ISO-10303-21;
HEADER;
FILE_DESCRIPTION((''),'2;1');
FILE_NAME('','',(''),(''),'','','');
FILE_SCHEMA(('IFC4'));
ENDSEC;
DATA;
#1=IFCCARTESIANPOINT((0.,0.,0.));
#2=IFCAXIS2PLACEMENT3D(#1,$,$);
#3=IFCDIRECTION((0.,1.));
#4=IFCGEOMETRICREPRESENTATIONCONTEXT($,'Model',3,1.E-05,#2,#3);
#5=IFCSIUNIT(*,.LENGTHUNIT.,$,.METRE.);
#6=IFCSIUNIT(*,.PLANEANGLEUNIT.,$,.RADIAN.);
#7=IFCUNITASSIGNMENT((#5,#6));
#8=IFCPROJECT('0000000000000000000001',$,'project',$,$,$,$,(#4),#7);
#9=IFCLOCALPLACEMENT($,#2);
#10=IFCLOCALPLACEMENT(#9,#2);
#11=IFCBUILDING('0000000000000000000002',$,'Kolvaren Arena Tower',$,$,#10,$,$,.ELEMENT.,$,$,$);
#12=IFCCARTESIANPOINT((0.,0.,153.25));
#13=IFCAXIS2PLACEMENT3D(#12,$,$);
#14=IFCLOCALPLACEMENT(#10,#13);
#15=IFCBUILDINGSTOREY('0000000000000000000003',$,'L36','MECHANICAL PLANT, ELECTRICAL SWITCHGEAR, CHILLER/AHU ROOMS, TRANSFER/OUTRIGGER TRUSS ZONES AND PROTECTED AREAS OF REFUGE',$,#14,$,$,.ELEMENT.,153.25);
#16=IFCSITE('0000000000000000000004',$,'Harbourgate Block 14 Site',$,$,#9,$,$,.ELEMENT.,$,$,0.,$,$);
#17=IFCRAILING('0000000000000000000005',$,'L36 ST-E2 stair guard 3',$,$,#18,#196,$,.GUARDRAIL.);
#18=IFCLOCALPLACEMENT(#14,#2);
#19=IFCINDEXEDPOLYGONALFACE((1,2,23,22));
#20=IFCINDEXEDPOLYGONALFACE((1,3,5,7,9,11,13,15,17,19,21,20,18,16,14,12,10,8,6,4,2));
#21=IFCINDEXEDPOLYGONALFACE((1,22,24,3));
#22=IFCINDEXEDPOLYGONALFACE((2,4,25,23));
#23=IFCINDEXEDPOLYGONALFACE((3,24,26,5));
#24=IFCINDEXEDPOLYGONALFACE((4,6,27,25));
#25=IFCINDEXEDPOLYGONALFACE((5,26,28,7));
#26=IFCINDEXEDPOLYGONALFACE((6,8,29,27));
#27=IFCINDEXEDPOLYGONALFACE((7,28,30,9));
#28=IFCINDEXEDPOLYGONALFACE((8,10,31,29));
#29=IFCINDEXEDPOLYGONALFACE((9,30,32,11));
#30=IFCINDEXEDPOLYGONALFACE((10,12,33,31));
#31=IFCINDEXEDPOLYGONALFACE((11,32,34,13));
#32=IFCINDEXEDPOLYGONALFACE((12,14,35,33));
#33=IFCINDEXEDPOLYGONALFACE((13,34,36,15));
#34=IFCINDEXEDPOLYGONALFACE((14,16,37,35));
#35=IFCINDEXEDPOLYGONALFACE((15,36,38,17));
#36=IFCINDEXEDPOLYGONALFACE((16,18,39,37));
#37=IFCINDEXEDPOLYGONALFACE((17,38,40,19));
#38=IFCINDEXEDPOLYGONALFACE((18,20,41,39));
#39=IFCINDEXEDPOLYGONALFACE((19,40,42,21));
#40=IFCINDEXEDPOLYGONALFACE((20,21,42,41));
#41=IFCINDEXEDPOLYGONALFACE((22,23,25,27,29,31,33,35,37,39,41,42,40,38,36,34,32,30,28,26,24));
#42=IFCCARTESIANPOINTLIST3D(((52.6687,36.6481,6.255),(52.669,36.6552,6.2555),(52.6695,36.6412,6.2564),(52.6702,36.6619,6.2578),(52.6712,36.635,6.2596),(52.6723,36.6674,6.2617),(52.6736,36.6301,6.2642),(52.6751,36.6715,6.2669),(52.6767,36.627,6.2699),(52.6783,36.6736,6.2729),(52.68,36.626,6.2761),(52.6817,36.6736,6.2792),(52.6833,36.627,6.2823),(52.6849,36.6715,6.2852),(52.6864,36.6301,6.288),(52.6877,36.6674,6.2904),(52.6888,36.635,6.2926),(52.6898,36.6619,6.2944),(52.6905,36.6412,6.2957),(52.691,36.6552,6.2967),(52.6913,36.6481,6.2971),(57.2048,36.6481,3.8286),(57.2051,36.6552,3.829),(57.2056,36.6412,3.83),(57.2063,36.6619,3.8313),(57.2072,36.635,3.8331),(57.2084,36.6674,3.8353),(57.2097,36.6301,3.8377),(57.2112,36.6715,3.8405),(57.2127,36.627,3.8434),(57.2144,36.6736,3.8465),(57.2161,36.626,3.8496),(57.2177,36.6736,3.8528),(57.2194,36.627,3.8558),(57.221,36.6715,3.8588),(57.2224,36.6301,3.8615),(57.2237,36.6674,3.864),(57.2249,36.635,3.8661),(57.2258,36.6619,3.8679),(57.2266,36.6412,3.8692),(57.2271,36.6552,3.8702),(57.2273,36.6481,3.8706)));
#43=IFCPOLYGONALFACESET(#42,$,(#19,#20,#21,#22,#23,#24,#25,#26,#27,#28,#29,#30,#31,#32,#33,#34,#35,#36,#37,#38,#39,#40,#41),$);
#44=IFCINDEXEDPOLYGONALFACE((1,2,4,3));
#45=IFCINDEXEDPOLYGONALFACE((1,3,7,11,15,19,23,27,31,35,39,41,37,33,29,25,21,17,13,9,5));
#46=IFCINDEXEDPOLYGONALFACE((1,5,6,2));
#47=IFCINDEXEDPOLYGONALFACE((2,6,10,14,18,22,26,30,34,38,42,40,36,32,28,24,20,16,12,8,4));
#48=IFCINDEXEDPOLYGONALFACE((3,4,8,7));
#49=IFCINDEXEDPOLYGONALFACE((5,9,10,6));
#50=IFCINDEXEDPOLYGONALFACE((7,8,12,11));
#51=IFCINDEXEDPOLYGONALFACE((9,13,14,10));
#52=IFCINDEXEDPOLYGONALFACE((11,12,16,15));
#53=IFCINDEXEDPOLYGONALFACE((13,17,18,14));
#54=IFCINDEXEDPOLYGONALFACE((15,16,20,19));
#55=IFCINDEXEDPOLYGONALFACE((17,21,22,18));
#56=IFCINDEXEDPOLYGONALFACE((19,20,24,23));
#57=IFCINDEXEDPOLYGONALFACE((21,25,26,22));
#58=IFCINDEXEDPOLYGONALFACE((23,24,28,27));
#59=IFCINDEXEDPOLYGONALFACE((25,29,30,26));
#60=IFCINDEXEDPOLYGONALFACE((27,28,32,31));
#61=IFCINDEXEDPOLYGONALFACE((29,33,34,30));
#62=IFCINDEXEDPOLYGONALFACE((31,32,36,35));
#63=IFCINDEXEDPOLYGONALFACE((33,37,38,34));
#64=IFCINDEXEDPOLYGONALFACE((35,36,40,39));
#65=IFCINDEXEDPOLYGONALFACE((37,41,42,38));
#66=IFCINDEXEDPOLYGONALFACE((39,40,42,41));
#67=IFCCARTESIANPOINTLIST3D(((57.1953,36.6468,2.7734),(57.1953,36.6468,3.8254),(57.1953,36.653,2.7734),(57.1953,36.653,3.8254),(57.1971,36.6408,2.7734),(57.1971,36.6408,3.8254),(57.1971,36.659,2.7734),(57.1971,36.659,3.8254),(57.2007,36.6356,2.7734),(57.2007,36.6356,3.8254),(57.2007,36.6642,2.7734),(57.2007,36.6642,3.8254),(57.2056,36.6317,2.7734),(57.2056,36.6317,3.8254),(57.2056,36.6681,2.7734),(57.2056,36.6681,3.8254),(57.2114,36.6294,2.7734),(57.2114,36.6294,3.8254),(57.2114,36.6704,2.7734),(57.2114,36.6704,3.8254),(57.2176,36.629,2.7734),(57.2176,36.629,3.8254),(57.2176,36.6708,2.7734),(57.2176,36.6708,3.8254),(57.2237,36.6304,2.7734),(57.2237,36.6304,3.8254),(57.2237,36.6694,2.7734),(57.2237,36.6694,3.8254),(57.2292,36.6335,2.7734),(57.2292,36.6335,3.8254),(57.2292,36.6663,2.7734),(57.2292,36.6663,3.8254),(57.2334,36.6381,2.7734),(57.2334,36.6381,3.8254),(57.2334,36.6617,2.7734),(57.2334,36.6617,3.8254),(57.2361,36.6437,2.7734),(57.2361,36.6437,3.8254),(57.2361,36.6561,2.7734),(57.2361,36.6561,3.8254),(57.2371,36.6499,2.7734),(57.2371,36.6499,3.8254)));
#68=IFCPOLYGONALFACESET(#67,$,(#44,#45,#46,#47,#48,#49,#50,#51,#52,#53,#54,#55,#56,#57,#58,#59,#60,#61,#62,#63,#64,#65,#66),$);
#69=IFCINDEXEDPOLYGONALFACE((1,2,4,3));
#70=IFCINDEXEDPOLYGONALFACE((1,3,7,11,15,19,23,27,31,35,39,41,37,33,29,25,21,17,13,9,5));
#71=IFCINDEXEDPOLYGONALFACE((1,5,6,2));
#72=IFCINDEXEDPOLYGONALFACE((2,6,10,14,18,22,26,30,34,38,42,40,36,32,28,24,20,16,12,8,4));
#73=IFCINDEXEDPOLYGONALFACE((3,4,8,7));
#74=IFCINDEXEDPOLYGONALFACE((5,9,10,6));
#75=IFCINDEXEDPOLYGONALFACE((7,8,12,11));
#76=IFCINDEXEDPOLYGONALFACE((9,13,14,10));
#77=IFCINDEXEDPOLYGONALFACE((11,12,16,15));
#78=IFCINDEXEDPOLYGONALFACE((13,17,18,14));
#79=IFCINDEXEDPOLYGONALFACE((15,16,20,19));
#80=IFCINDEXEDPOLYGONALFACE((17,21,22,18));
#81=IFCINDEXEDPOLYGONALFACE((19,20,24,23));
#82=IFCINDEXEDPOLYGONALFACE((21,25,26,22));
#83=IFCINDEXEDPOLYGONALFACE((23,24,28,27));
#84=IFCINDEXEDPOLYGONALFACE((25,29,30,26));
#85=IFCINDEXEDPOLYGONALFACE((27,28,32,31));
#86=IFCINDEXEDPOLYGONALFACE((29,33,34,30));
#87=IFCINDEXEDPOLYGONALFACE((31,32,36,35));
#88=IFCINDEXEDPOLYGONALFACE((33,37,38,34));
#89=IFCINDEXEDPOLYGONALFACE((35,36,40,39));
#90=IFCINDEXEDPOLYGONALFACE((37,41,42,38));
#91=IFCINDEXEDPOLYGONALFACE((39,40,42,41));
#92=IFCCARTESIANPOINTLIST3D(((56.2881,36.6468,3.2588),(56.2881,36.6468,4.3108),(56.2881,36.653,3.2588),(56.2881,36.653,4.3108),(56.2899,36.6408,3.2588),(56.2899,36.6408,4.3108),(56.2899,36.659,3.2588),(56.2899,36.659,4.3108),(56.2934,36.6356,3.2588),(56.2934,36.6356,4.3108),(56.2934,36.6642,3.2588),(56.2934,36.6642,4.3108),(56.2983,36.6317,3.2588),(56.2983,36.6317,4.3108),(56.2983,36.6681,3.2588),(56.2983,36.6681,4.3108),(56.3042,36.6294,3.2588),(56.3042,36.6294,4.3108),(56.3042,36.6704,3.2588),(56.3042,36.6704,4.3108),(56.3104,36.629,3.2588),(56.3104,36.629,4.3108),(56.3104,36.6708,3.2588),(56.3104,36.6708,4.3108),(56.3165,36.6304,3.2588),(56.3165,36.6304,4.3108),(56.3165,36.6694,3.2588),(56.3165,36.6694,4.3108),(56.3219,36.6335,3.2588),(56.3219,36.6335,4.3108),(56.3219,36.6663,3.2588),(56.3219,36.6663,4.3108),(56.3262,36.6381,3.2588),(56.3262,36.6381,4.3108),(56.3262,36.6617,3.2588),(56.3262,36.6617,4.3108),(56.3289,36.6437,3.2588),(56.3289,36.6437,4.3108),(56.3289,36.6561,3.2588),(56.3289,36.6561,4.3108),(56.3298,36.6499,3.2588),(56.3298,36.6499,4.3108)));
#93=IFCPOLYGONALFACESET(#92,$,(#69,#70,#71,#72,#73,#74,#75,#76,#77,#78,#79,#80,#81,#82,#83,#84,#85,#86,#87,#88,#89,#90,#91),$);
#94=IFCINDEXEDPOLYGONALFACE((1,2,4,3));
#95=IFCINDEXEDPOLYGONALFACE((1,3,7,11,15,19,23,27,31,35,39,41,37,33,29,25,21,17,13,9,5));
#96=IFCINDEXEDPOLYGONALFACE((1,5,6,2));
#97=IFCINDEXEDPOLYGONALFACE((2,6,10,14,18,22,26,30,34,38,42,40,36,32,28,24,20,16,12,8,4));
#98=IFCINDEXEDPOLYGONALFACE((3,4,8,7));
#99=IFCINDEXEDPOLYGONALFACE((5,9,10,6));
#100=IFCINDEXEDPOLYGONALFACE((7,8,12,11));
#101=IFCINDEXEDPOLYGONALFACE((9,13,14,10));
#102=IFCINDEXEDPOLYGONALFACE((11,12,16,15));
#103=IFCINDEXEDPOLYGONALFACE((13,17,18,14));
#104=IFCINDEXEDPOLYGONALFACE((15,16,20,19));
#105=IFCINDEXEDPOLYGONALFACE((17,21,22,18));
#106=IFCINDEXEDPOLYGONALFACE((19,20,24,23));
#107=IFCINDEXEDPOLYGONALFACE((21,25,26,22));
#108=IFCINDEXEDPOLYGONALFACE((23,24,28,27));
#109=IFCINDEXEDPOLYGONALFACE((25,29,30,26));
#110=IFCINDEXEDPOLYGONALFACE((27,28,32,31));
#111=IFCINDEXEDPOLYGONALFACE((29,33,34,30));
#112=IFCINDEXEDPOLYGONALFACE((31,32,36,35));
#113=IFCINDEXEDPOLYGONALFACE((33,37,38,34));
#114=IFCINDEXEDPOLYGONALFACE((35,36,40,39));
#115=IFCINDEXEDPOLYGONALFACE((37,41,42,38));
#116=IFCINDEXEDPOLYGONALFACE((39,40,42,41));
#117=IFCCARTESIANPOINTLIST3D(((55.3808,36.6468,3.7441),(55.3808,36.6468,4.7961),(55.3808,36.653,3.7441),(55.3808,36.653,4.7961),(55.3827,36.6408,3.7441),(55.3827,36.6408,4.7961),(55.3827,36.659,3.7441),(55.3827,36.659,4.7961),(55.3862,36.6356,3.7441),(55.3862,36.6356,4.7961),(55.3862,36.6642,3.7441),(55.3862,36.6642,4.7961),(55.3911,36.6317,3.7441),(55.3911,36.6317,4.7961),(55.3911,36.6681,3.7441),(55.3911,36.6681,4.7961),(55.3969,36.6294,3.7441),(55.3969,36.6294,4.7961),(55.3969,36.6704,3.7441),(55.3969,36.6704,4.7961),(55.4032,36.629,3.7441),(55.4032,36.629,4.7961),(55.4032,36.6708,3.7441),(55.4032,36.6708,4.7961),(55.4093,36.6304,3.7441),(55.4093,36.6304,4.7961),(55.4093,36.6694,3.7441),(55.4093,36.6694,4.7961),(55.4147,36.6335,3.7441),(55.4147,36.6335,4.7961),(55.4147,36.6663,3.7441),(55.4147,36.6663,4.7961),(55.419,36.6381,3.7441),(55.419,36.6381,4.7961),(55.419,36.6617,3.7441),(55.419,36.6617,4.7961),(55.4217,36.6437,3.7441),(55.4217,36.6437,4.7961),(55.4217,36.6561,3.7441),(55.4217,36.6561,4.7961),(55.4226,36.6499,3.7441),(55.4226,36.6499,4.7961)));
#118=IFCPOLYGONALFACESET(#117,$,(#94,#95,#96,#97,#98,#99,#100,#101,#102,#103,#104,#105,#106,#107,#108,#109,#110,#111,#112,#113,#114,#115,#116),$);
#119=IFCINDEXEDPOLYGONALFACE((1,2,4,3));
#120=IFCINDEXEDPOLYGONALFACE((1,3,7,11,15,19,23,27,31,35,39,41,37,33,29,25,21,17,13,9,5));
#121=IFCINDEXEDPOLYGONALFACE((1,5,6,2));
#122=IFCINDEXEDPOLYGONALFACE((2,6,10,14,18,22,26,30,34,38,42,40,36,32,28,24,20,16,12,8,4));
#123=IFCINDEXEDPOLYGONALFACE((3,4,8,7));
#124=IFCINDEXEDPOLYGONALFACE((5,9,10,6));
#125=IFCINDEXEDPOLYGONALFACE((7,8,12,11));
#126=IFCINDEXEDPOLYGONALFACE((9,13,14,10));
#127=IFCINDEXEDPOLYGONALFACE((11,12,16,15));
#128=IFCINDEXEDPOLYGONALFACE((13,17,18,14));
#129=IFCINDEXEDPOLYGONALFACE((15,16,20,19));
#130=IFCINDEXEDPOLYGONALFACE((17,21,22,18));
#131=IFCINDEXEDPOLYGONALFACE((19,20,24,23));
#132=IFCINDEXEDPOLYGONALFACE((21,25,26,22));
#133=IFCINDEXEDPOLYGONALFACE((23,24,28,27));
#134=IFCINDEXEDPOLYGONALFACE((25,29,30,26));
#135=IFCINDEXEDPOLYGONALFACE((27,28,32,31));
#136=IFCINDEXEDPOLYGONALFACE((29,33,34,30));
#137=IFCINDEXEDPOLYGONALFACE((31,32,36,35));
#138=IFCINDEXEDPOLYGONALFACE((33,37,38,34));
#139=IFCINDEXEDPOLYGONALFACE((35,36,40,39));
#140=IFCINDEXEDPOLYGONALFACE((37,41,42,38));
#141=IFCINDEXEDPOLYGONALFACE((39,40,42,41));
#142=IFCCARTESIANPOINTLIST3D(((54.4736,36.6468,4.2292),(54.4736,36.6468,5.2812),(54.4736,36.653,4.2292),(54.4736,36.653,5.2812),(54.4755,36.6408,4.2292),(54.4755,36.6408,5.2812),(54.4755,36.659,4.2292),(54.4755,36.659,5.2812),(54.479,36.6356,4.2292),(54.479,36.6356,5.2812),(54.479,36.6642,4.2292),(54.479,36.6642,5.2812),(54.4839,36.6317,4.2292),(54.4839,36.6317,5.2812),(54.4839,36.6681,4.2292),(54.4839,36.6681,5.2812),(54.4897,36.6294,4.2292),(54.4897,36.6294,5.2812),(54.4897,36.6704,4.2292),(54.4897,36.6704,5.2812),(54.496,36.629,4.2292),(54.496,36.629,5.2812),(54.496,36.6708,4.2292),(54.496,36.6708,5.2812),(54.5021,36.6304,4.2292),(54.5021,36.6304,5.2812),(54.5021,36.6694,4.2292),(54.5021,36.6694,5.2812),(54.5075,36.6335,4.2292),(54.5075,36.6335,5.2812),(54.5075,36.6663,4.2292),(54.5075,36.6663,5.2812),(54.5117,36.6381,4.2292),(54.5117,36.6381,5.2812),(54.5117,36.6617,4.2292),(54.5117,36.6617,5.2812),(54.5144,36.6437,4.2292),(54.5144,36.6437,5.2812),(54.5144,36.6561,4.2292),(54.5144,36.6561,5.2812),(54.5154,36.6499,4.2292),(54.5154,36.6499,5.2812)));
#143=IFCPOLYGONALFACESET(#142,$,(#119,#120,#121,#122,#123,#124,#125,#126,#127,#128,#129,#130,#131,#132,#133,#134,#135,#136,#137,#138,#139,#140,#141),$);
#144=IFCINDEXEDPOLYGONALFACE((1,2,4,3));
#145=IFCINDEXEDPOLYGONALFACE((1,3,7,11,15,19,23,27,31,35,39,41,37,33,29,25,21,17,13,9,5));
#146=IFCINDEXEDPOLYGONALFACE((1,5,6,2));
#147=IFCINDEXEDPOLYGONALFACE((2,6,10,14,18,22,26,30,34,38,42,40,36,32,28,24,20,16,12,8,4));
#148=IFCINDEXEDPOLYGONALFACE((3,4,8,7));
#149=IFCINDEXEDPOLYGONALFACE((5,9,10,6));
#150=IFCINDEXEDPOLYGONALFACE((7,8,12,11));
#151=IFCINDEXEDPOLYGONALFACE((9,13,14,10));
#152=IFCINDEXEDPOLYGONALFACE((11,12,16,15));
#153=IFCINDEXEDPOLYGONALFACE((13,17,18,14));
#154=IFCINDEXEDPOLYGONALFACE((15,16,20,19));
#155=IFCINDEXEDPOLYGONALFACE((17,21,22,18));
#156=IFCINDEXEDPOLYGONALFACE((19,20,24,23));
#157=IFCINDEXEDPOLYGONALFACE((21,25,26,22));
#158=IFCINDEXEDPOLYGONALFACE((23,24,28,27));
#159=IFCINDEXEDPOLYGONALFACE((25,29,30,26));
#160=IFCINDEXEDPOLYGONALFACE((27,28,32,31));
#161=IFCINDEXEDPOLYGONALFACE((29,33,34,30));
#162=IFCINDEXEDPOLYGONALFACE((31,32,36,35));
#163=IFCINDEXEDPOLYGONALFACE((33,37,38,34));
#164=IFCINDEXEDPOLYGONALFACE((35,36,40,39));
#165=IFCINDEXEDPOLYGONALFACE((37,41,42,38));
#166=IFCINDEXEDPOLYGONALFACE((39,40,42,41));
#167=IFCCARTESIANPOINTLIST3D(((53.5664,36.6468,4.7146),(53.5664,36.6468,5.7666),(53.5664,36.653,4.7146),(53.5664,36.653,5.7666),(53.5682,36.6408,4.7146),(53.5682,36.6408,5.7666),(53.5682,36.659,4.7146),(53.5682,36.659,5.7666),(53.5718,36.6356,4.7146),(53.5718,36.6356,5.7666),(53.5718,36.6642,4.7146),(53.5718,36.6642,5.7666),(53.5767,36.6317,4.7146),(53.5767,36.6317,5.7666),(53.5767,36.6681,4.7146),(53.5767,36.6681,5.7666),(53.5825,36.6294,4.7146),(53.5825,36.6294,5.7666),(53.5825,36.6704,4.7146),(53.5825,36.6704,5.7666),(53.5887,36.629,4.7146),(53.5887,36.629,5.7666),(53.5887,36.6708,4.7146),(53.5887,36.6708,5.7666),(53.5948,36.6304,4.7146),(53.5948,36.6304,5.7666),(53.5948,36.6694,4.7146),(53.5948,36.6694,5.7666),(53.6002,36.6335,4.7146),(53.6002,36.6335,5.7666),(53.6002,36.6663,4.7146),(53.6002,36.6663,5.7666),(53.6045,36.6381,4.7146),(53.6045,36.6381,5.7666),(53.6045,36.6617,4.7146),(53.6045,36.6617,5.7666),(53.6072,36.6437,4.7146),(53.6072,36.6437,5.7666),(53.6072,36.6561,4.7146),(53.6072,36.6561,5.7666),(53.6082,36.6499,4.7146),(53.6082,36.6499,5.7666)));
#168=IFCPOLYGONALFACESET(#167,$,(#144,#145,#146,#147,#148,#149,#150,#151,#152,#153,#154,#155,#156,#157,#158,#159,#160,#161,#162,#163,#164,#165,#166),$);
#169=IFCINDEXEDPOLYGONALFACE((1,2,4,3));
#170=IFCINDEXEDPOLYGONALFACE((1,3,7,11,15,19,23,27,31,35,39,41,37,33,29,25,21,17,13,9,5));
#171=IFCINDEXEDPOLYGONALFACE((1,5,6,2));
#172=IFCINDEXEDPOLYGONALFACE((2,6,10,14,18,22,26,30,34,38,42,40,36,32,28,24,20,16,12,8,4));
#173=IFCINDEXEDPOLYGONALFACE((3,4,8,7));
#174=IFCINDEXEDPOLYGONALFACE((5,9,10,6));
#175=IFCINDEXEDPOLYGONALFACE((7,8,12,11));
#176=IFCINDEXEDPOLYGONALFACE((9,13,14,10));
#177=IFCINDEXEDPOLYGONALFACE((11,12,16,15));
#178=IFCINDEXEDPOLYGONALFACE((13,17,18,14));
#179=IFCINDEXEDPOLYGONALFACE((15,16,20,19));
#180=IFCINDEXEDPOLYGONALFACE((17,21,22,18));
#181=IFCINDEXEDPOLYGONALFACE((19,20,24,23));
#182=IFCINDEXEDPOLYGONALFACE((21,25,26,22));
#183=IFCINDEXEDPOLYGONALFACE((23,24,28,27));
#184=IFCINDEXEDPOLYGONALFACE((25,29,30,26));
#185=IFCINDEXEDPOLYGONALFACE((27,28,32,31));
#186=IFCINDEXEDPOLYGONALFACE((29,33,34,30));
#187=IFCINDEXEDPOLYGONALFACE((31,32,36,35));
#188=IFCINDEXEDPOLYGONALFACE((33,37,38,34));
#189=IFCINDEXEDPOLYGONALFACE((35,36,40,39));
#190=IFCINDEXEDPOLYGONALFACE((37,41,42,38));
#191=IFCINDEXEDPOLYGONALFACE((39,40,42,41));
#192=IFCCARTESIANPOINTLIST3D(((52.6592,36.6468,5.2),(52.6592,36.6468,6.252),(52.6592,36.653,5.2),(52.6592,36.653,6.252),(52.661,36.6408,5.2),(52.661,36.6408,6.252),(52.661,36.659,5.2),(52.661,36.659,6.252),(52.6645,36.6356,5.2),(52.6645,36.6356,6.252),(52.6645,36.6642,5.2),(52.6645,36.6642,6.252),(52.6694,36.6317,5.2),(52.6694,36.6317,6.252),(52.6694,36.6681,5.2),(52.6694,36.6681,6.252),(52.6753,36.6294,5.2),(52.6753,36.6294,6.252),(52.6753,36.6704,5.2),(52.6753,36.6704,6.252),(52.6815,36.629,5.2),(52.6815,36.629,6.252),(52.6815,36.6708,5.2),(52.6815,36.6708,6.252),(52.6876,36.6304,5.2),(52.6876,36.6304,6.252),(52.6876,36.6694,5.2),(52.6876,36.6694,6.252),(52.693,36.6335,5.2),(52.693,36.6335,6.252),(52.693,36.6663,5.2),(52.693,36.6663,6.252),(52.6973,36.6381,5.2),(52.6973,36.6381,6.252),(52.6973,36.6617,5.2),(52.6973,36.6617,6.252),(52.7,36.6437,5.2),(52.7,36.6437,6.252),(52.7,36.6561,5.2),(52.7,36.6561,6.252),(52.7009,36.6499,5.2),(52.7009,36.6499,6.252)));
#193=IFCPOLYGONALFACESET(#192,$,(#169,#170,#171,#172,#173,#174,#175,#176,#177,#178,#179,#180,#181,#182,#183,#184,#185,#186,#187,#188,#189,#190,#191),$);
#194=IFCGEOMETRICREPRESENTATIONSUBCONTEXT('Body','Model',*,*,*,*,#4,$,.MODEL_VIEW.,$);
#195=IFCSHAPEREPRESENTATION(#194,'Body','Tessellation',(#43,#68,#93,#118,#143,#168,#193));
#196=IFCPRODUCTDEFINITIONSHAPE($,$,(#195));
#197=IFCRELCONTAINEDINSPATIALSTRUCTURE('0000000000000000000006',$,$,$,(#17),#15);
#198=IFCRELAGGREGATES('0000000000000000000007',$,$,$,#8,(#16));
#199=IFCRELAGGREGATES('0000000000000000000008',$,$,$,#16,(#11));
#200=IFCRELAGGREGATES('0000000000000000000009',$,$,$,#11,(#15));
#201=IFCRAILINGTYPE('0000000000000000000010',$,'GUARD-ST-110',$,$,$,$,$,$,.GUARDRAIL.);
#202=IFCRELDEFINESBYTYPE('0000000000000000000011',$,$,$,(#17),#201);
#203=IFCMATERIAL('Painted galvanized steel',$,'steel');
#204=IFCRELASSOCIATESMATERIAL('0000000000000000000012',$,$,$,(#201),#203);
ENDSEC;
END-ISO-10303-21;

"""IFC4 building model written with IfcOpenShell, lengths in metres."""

from ifc_helpers import new_model, si_unit, direction, frame, origin, origin_2d, place, context, subcontext, project, spatial, circle, extrude, material, type_object, element, save


model = new_model("IFC4")

# Units and contexts
model_context = context("Model", 3, precision=1e-05, world=origin(), true_north=direction((0.0, 1.0)))
body_context = subcontext(model_context, "Body", "Model", "MODEL_VIEW")
ifc_project = project(units=[si_unit("LENGTHUNIT", "METRE"), si_unit("PLANEANGLEUNIT", "RADIAN")], contexts=[model_context])

# Site, building, storey
site_placement = place(None, origin())
site = spatial("IfcSite", under=ifc_project, at=site_placement, Name="Harbourgate Block 14 Site", CompositionType="ELEMENT", RefElevation=0.0)
building_placement = place(site_placement, origin())
building = spatial("IfcBuilding", under=site, at=building_placement, Name="Kolvaren Arena Tower", CompositionType="ELEMENT")
storey_placement = place(building_placement, frame((0.0, 0.0, 153.25)))
storey = spatial("IfcBuildingStorey", under=building, at=storey_placement, Name="L36", Description="MECHANICAL PLANT, ELECTRICAL SWITCHGEAR, CHILLER/AHU ROOMS, TRANSFER/OUTRIGGER TRUSS ZONES AND PROTECTED AREAS OF REFUGE", CompositionType="ELEMENT", Elevation=153.25)

# Railing
ifc_material_1 = material(Name="Painted galvanized steel", Category="steel")
railing_type_1 = type_object("IfcRailingType", Name="GUARD-ST-110", PredefinedType="GUARDRAIL", material=ifc_material_1)
railing_1_placement = place(storey_placement, frame((57.2161, 36.6499, 2.7734)))
element("IfcRailing", 1, at=railing_1_placement, inside=storey, type_object=railing_type_1, Name="L36 ST-E2 stair guard 3", PredefinedType="GUARDRAIL", context=body_context, shape_type="SweptSolid", body=[
    extrude(circle(Radius=0.0239, at=origin_2d()), frame((0.0, 0.0, 1.0762), z_axis=(-0.881768, 0.0, 0.471684), x_axis=(0.0, -1.0, 0.0)), (0.0, 0.0, 1.0), 5.1443),
    extrude(circle(Radius=0.021, at=origin_2d()), origin(), (0.0, 0.0, 1.0), 1.052),
    extrude(circle(Radius=0.021, at=origin_2d()), frame((-0.9072, 0.0, 0.4854)), (0.0, 0.0, 1.0), 1.052),
    extrude(circle(Radius=0.021, at=origin_2d()), frame((-1.8145, 0.0, 0.9707)), (0.0, 0.0, 1.0), 1.052),
    extrude(circle(Radius=0.021, at=origin_2d()), frame((-2.7217, 0.0, 1.4558)), (0.0, 0.0, 1.0), 1.052),
    extrude(circle(Radius=0.021, at=origin_2d()), frame((-3.6289, 0.0, 1.9412)), (0.0, 0.0, 1.0), 1.052),
    extrude(circle(Radius=0.021, at=origin_2d()), frame((-4.5361, 0.0, 2.4265)), (0.0, 0.0, 1.0), 1.052),
])

save(model, "model.ifc")
